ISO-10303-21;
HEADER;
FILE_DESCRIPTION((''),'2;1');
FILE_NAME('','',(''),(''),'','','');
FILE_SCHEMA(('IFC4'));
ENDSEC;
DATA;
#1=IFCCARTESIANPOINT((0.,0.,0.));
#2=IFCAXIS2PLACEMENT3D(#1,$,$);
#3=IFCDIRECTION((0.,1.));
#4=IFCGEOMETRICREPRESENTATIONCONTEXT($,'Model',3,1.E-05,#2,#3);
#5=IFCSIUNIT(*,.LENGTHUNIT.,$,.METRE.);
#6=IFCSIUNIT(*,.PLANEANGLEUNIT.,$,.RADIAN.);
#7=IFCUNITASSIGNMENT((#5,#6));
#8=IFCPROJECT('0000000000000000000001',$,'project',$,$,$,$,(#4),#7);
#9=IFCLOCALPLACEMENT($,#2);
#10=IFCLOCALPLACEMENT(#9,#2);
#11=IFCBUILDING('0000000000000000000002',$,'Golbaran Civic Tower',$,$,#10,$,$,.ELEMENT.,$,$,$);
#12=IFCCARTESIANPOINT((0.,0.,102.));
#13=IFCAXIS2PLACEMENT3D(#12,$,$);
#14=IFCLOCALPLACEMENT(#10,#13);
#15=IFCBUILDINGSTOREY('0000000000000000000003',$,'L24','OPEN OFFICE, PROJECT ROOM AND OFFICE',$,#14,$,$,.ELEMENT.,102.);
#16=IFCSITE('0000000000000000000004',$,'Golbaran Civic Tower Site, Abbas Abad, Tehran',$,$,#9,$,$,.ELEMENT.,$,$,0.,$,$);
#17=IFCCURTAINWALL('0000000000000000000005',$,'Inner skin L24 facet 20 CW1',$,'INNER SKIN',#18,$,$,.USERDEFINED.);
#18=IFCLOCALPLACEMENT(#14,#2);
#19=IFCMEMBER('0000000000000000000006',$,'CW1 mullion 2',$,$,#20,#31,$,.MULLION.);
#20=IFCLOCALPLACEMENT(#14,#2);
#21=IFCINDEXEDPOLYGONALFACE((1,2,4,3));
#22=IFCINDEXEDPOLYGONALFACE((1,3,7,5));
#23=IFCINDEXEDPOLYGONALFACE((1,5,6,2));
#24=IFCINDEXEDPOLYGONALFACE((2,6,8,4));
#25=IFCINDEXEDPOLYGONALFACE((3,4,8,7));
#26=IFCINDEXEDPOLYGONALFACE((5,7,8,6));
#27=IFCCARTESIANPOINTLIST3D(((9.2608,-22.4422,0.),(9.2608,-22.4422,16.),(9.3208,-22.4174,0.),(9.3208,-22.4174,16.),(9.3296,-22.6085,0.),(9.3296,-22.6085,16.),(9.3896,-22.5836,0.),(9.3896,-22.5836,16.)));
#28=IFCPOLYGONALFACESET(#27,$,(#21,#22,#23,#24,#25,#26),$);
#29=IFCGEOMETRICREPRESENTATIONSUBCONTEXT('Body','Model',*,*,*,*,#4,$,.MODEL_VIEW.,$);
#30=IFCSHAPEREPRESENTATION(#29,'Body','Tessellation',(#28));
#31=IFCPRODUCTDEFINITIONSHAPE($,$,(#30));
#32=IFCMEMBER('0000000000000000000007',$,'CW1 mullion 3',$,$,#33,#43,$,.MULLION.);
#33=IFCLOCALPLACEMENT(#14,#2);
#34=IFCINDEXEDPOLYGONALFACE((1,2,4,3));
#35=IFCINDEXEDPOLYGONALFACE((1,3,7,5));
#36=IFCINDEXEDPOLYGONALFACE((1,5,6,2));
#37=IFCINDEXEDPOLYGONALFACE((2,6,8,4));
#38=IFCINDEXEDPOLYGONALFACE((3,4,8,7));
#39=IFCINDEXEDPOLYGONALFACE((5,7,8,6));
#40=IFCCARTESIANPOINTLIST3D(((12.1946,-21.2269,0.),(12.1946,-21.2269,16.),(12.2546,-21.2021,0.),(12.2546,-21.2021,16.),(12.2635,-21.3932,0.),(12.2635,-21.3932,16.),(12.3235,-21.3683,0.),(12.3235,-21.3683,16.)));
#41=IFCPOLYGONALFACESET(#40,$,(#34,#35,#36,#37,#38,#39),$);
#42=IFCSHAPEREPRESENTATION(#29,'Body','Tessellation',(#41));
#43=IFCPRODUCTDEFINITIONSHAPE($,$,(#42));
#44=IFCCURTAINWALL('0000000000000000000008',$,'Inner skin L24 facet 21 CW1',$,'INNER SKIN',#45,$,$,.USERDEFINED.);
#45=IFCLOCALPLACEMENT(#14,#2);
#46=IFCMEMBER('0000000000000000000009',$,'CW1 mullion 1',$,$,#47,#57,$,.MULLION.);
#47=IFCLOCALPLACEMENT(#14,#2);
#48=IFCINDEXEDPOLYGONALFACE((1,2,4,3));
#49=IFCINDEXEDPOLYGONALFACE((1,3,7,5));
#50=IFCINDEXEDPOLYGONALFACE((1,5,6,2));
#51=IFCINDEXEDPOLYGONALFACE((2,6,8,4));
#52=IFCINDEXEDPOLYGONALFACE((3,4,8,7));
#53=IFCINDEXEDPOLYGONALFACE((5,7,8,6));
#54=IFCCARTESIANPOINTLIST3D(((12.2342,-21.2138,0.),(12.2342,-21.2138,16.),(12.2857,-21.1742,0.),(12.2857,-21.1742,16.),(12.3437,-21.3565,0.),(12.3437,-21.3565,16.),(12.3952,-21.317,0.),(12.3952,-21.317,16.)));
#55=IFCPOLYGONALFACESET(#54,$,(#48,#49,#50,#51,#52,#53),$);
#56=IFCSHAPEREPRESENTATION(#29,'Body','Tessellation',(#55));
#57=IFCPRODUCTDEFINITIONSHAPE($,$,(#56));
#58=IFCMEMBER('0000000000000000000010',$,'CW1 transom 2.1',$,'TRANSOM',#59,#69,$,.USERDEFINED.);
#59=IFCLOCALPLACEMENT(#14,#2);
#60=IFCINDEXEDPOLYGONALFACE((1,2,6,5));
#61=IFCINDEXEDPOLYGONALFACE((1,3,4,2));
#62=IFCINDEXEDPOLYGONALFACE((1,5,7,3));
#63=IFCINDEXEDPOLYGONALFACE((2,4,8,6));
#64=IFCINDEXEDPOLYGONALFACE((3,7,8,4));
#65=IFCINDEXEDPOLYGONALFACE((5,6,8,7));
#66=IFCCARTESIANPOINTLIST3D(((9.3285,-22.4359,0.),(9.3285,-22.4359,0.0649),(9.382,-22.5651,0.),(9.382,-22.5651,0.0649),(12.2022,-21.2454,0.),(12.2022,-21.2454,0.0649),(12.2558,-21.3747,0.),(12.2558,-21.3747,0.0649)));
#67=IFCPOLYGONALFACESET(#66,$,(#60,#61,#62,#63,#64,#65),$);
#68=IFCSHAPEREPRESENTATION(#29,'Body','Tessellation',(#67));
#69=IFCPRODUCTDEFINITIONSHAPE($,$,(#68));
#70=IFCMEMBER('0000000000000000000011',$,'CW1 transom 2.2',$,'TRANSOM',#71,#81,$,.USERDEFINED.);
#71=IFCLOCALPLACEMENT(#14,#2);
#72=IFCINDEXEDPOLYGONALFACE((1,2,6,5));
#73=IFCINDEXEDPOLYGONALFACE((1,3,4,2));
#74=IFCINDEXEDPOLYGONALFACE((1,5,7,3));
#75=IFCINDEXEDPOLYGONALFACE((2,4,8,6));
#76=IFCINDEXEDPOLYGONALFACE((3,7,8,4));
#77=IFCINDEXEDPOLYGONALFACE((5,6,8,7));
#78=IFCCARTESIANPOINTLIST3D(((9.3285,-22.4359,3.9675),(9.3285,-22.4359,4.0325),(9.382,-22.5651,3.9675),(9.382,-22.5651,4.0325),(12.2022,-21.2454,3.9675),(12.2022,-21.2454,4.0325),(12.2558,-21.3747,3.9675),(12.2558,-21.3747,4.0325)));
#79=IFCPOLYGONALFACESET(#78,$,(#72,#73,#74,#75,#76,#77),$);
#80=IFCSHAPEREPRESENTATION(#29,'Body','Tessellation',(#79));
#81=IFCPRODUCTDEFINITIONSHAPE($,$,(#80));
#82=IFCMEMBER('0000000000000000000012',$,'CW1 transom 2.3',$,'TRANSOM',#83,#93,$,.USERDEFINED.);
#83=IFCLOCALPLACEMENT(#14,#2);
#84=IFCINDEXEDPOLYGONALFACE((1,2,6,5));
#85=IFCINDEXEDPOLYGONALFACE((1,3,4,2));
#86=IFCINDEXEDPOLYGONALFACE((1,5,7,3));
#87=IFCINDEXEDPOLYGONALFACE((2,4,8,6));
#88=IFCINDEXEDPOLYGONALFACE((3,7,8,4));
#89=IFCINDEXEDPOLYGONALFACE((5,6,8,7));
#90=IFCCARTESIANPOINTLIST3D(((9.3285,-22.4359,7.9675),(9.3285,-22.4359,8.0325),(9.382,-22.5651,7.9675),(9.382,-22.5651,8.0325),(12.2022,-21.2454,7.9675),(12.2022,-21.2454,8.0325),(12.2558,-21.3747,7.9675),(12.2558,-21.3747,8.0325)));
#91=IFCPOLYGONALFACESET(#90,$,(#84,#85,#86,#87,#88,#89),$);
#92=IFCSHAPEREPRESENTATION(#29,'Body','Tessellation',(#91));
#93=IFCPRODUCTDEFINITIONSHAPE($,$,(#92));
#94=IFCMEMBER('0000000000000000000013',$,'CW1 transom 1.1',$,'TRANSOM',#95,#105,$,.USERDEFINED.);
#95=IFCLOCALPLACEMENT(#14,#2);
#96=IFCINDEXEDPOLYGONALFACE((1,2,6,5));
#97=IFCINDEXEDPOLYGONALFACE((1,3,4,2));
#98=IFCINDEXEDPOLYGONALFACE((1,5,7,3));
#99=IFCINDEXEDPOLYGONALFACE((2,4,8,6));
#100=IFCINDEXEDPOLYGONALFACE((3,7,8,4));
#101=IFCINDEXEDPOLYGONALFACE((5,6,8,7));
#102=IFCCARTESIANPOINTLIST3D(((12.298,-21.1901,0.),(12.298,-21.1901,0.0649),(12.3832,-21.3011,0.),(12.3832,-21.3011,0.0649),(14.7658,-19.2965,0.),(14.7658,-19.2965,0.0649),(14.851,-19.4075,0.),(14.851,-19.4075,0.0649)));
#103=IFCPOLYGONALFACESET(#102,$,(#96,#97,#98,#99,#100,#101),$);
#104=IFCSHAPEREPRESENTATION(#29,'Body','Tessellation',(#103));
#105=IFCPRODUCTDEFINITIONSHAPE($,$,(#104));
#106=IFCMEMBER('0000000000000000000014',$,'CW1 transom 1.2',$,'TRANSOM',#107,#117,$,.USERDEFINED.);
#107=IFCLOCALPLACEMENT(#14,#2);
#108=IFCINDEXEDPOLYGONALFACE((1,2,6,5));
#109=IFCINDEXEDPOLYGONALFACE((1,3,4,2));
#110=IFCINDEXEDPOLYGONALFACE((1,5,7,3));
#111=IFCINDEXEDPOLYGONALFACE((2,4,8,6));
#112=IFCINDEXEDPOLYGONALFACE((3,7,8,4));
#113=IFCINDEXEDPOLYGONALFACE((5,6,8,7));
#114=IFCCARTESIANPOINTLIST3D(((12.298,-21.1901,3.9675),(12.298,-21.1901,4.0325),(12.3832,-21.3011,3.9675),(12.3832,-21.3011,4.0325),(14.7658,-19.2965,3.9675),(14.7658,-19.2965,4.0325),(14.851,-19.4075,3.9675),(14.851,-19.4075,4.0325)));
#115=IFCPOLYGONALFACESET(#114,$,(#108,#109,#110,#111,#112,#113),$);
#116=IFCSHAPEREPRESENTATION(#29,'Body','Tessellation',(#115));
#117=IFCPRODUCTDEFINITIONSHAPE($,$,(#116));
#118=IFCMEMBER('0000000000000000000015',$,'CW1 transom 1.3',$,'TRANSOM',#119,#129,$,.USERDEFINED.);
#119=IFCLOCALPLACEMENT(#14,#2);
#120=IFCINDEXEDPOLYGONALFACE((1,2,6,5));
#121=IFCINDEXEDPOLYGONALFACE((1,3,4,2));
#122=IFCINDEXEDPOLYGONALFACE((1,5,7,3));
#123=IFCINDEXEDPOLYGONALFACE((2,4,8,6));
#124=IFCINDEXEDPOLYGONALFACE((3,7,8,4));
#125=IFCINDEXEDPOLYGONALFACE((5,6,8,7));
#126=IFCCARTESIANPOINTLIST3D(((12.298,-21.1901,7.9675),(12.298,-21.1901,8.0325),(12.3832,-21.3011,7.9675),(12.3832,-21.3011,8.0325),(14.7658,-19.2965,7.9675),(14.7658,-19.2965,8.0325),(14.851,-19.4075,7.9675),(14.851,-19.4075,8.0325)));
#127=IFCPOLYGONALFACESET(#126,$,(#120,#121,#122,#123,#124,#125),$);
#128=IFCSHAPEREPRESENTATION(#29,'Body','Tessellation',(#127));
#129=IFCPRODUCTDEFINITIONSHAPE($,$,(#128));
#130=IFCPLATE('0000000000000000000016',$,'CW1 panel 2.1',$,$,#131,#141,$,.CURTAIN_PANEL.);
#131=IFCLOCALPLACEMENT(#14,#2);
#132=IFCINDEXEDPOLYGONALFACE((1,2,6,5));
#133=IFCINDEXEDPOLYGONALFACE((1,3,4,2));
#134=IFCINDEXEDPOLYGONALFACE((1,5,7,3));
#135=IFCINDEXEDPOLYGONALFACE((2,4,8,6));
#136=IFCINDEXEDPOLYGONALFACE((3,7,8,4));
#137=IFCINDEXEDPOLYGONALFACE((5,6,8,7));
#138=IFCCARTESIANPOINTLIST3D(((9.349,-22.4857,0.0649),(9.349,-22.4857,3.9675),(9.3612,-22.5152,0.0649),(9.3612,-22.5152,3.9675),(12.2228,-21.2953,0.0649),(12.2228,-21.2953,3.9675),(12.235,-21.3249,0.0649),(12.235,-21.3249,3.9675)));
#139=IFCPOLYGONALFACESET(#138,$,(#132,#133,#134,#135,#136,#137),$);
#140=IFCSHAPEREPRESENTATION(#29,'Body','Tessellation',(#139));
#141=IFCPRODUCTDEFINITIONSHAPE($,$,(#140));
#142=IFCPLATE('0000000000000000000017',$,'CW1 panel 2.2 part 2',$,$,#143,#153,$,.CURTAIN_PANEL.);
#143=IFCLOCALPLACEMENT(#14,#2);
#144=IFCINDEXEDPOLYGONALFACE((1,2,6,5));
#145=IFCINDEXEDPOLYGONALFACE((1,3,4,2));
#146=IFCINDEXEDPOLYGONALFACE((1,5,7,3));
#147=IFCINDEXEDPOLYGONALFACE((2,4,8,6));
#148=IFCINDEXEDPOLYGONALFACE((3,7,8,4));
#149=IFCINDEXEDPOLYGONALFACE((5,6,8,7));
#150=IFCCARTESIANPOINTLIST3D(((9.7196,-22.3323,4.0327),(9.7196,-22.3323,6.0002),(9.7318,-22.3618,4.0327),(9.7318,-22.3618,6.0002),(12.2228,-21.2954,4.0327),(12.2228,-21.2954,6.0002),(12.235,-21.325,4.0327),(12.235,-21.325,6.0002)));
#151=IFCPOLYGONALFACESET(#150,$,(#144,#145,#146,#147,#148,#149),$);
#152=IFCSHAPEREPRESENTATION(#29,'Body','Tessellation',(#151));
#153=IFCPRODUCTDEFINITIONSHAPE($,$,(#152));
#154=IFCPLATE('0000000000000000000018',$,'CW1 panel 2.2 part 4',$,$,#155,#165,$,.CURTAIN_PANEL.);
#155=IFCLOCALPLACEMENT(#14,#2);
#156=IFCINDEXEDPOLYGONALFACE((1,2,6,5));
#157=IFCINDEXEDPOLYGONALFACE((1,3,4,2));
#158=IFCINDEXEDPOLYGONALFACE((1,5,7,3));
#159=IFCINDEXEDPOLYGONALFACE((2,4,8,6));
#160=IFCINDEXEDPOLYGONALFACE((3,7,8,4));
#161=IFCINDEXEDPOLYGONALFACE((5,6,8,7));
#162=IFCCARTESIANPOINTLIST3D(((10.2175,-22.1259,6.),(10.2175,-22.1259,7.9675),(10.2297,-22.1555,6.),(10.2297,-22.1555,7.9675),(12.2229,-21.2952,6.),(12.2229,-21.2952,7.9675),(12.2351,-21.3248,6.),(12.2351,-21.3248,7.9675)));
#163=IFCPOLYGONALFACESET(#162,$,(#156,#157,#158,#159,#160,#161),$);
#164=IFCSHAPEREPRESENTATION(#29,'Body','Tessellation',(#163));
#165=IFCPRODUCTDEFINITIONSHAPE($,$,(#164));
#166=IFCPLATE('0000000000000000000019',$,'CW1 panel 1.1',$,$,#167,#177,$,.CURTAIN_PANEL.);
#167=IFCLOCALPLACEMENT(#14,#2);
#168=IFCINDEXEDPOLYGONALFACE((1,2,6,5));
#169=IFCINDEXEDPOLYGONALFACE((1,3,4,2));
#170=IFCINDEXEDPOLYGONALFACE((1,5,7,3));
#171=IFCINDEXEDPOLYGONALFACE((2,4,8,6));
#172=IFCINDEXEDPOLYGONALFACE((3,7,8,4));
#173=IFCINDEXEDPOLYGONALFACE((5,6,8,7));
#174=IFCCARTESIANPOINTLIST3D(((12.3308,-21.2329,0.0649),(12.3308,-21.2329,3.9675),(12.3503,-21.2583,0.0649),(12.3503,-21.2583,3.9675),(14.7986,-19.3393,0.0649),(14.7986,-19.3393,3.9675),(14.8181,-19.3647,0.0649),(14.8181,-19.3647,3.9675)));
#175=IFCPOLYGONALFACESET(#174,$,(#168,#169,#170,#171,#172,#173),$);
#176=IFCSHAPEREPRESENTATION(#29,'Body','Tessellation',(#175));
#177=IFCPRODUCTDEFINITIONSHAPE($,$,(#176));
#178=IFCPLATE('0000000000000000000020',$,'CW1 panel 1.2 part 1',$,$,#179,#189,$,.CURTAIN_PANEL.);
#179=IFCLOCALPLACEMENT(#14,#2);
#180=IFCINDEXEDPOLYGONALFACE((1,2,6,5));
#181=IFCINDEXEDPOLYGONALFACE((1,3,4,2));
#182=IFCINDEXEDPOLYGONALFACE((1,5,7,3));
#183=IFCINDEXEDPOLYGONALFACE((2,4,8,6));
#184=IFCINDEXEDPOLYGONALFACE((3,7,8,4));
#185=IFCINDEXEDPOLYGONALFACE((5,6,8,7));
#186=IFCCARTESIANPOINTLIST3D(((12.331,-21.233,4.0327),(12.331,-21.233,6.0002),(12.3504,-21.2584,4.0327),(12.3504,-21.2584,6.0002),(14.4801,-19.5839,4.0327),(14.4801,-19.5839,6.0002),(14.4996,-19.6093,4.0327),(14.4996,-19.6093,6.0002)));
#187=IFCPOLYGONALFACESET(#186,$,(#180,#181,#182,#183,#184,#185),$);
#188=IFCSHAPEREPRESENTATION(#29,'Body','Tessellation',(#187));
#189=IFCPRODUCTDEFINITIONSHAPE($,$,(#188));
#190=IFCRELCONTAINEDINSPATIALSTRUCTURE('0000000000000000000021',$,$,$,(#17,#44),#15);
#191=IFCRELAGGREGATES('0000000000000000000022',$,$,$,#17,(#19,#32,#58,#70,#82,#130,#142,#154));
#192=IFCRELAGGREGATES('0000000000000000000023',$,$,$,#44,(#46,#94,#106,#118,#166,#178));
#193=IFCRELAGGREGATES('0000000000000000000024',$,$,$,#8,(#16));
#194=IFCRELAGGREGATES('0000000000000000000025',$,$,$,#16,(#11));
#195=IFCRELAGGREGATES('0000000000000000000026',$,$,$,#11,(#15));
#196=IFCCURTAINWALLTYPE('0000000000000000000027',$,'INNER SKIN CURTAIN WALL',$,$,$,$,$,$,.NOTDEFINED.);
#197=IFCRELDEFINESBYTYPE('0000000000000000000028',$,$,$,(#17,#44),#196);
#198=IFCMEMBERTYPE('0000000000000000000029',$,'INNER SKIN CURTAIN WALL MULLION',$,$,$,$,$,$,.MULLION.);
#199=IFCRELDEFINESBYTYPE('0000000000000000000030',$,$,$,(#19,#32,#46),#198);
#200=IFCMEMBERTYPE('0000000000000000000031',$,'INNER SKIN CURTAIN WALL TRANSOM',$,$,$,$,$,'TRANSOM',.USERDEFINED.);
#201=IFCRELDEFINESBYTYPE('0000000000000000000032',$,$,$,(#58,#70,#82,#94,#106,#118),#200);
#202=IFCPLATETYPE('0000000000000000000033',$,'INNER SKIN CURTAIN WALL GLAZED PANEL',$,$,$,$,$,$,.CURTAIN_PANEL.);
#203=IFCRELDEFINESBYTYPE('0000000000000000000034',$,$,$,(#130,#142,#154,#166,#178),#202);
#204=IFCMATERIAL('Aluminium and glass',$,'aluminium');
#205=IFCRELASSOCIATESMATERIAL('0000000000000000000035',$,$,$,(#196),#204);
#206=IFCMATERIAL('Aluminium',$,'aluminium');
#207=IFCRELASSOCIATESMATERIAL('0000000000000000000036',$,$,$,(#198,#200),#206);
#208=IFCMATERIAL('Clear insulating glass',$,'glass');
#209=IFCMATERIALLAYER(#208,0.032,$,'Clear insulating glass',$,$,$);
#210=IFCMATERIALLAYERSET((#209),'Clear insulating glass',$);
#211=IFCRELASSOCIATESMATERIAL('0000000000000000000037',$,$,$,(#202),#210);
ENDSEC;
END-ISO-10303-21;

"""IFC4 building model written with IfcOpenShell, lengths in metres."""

from ifc_helpers import new_model, si_unit, direction, frame, origin, origin_2d, place, context, subcontext, project, spatial, rectangle, extrude, material, layer, layer_set, material_profile, profile_set, type_object, element, aggregate, save


model = new_model("IFC4")

# Units and contexts
model_context = context("Model", 3, precision=1e-05, world=origin(), true_north=direction((0.0, 1.0)))
body_context = subcontext(model_context, "Body", "Model", "MODEL_VIEW")
ifc_project = project(units=[si_unit("LENGTHUNIT", "METRE"), si_unit("PLANEANGLEUNIT", "RADIAN")], contexts=[model_context])

# Site, building, storey
site_placement = place(None, origin())
site = spatial("IfcSite", under=ifc_project, at=site_placement, Name="Golbaran Civic Tower Site, Abbas Abad, Tehran", CompositionType="ELEMENT", RefElevation=0.0)
building_placement = place(site_placement, origin())
building = spatial("IfcBuilding", under=site, at=building_placement, Name="Golbaran Civic Tower", CompositionType="ELEMENT")
storey_placement = place(building_placement, frame((0.0, 0.0, 102.0)))
storey = spatial("IfcBuildingStorey", under=building, at=storey_placement, Name="L24", Description="OPEN OFFICE, PROJECT ROOM AND OFFICE", CompositionType="ELEMENT", Elevation=102.0)

# Curtain wall, members
ifc_material_1 = material(Name="Aluminium and glass", Category="aluminium")
curtain_wall_type_1 = type_object("IfcCurtainWallType", Name="INNER SKIN CURTAIN WALL", PredefinedType="NOTDEFINED", material=ifc_material_1)
curtain_wall_1_placement = place(storey_placement, origin())
curtain_wall_1 = element("IfcCurtainWall", 1, at=curtain_wall_1_placement, inside=storey, type_object=curtain_wall_type_1, Name="Inner skin L24 facet 20 CW1", ObjectType="INNER SKIN", PredefinedType="USERDEFINED")
ifc_material_2 = material(Name="Aluminium", Category="aluminium")
ifc_material_profile_1 = material_profile(ifc_material_2, rectangle(XDim=0.1799, YDim=0.0649, at=origin_2d()), Name="INNER SKIN CURTAIN WALL MULLION")
ifc_profile_set_1 = profile_set([ifc_material_profile_1], Name="Aluminium")
member_type_1 = type_object("IfcMemberType", Name="INNER SKIN CURTAIN WALL MULLION", PredefinedType="MULLION", material=ifc_profile_set_1)
member_1_placement = place(storey_placement, frame((9.3252, -22.5129, 0.0), z_axis=(0.0, 0.0, 1.0), x_axis=(-0.382683, 0.92388, 0.0)))
member_1 = element("IfcMember", 2, at=member_1_placement, type_object=member_type_1, Name="CW1 mullion 2", PredefinedType="MULLION", context=body_context, shape_type="SweptSolid", body=[
    extrude(rectangle(XDim=0.1799, YDim=0.0649, at=origin_2d()), origin(), (0.0, 0.0, 1.0), 16.0),
])
member_2_placement = place(storey_placement, frame((12.259, -21.2976, 0.0), z_axis=(0.0, 0.0, 1.0), x_axis=(-0.382683, 0.92388, 0.0)))
member_2 = element("IfcMember", 3, at=member_2_placement, type_object=member_type_1, Name="CW1 mullion 3", PredefinedType="MULLION", context=body_context, shape_type="SweptSolid", body=[
    extrude(rectangle(XDim=0.1799, YDim=0.0649, at=origin_2d()), origin(), (0.0, 0.0, 1.0), 16.0),
])

# Curtain wall, member
curtain_wall_2_placement = place(storey_placement, origin())
curtain_wall_2 = element("IfcCurtainWall", 4, at=curtain_wall_2_placement, inside=storey, type_object=curtain_wall_type_1, Name="Inner skin L24 facet 21 CW1", ObjectType="INNER SKIN", PredefinedType="USERDEFINED")
member_3_placement = place(storey_placement, frame((12.3147, -21.2654, 0.0), z_axis=(0.0, 0.0, 1.0), x_axis=(-0.608761, 0.793353, 0.0)))
member_3 = element("IfcMember", 5, at=member_3_placement, type_object=member_type_1, Name="CW1 mullion 1", PredefinedType="MULLION", context=body_context, shape_type="SweptSolid", body=[
    extrude(rectangle(XDim=0.1799, YDim=0.0649, at=origin_2d()), origin(), (0.0, 0.0, 1.0), 16.0),
])

# Members
ifc_material_profile_2 = material_profile(ifc_material_2, rectangle(XDim=0.1399, YDim=0.0649, at=origin_2d()), Name="INNER SKIN CURTAIN WALL TRANSOM")
ifc_profile_set_2 = profile_set([ifc_material_profile_2], Name="Aluminium")
member_type_2 = type_object("IfcMemberType", Name="INNER SKIN CURTAIN WALL TRANSOM", ElementType="TRANSOM", PredefinedType="USERDEFINED", material=ifc_profile_set_2)
member_4_placement = place(storey_placement, frame((9.3552, -22.5005, 0.0325), z_axis=(0.923871, 0.382703, 0.0), x_axis=(-0.382703, 0.923871, 0.0)))
member_4 = element("IfcMember", 6, at=member_4_placement, type_object=member_type_2, Name="CW1 transom 2.1", ObjectType="TRANSOM", PredefinedType="USERDEFINED", context=body_context, shape_type="SweptSolid", body=[
    extrude(rectangle(XDim=0.1399, YDim=0.0649, at=origin_2d()), origin(), (0.0, 0.0, 1.0), 3.1106),
])
member_5_placement = place(storey_placement, frame((9.3552, -22.5005, 4.0), z_axis=(0.923871, 0.382703, 0.0), x_axis=(-0.382703, 0.923871, 0.0)))
member_5 = element("IfcMember", 7, at=member_5_placement, type_object=member_type_2, Name="CW1 transom 2.2", ObjectType="TRANSOM", PredefinedType="USERDEFINED", context=body_context, shape_type="SweptSolid", body=[
    extrude(rectangle(XDim=0.1399, YDim=0.0649, at=origin_2d()), origin(), (0.0, 0.0, 1.0), 3.1106),
])
member_6_placement = place(storey_placement, frame((9.3552, -22.5005, 8.0), z_axis=(0.923871, 0.382703, 0.0), x_axis=(-0.382703, 0.923871, 0.0)))
member_6 = element("IfcMember", 8, at=member_6_placement, type_object=member_type_2, Name="CW1 transom 2.3", ObjectType="TRANSOM", PredefinedType="USERDEFINED", context=body_context, shape_type="SweptSolid", body=[
    extrude(rectangle(XDim=0.1399, YDim=0.0649, at=origin_2d()), origin(), (0.0, 0.0, 1.0), 3.1106),
])
member_7_placement = place(storey_placement, frame((12.3406, -21.2456, 0.0325), z_axis=(0.793359, 0.608754, 0.0), x_axis=(-0.608754, 0.793359, 0.0)))
member_7 = element("IfcMember", 9, at=member_7_placement, type_object=member_type_2, Name="CW1 transom 1.1", ObjectType="TRANSOM", PredefinedType="USERDEFINED", context=body_context, shape_type="SweptSolid", body=[
    extrude(rectangle(XDim=0.1399, YDim=0.0649, at=origin_2d()), origin(), (0.0, 0.0, 1.0), 3.1106),
])
member_8_placement = place(storey_placement, frame((12.3406, -21.2456, 4.0), z_axis=(0.793359, 0.608754, 0.0), x_axis=(-0.608754, 0.793359, 0.0)))
member_8 = element("IfcMember", 10, at=member_8_placement, type_object=member_type_2, Name="CW1 transom 1.2", ObjectType="TRANSOM", PredefinedType="USERDEFINED", context=body_context, shape_type="SweptSolid", body=[
    extrude(rectangle(XDim=0.1399, YDim=0.0649, at=origin_2d()), origin(), (0.0, 0.0, 1.0), 3.1106),
])
member_9_placement = place(storey_placement, frame((12.3406, -21.2456, 8.0), z_axis=(0.793359, 0.608754, 0.0), x_axis=(-0.608754, 0.793359, 0.0)))
member_9 = element("IfcMember", 11, at=member_9_placement, type_object=member_type_2, Name="CW1 transom 1.3", ObjectType="TRANSOM", PredefinedType="USERDEFINED", context=body_context, shape_type="SweptSolid", body=[
    extrude(rectangle(XDim=0.1399, YDim=0.0649, at=origin_2d()), origin(), (0.0, 0.0, 1.0), 3.1106),
])

# Plates
ifc_material_3 = material(Name="Clear insulating glass", Category="glass")
ifc_layer_1 = layer(ifc_material_3, 0.032, Name="Clear insulating glass")
ifc_layer_set_1 = layer_set([ifc_layer_1], Name="Clear insulating glass")
plate_type_1 = type_object("IfcPlateType", Name="INNER SKIN CURTAIN WALL GLAZED PANEL", PredefinedType="CURTAIN_PANEL", material=ifc_layer_set_1)
plate_1_placement = place(storey_placement, frame((10.792, -21.9053, 0.0649), z_axis=(0.0, 0.0, 1.0), x_axis=(0.92388, 0.382683, 0.0)))
plate_1 = element("IfcPlate", 12, at=plate_1_placement, type_object=plate_type_1, Name="CW1 panel 2.1", PredefinedType="CURTAIN_PANEL", context=body_context, shape_type="SweptSolid", body=[
    extrude(rectangle(XDim=3.1106, YDim=0.032, at=origin_2d()), origin(), (0.0, 0.0, 1.0), 3.9026),
])
plate_2_placement = place(storey_placement, frame((10.9773, -21.8286, 4.0327), z_axis=(0.0, 0.0, 1.0), x_axis=(0.92388, 0.382683, 0.0)))
plate_2 = element("IfcPlate", 13, at=plate_2_placement, type_object=plate_type_1, Name="CW1 panel 2.2 part 2", PredefinedType="CURTAIN_PANEL", context=body_context, shape_type="SweptSolid", body=[
    extrude(rectangle(XDim=2.7095, YDim=0.032, at=origin_2d()), origin(), (0.0, 0.0, 1.0), 1.9675),
])
plate_3_placement = place(storey_placement, frame((11.2263, -21.7253, 6.0), z_axis=(0.0, 0.0, 1.0), x_axis=(0.92388, 0.382683, 0.0)))
plate_3 = element("IfcPlate", 14, at=plate_3_placement, type_object=plate_type_1, Name="CW1 panel 2.2 part 4", PredefinedType="CURTAIN_PANEL", context=body_context, shape_type="SweptSolid", body=[
    extrude(rectangle(XDim=2.1707, YDim=0.032, at=origin_2d()), origin(), (0.0, 0.0, 1.0), 1.9675),
])
plate_4_placement = place(storey_placement, frame((13.5745, -20.2988, 0.0649), z_axis=(0.0, 0.0, 1.0), x_axis=(0.793353, 0.608761, 0.0)))
plate_4 = element("IfcPlate", 15, at=plate_4_placement, type_object=plate_type_1, Name="CW1 panel 1.1", PredefinedType="CURTAIN_PANEL", context=body_context, shape_type="SweptSolid", body=[
    extrude(rectangle(XDim=3.1106, YDim=0.032, at=origin_2d()), origin(), (0.0, 0.0, 1.0), 3.9026),
])
plate_5_placement = place(storey_placement, frame((13.4153, -20.4211, 4.0327), z_axis=(0.0, 0.0, 1.0), x_axis=(0.793353, 0.608761, 0.0)))
plate_5 = element("IfcPlate", 16, at=plate_5_placement, type_object=plate_type_1, Name="CW1 panel 1.2 part 1", PredefinedType="CURTAIN_PANEL", context=body_context, shape_type="SweptSolid", body=[
    extrude(rectangle(XDim=2.709, YDim=0.032, at=origin_2d()), origin(), (0.0, 0.0, 1.0), 1.9675),
])
aggregate(curtain_wall_1, [member_1, member_2, member_4, member_5, member_6, plate_1, plate_2, plate_3])
aggregate(curtain_wall_2, [member_3, member_7, member_8, member_9, plate_4, plate_5])

save(model, "model.ifc")
